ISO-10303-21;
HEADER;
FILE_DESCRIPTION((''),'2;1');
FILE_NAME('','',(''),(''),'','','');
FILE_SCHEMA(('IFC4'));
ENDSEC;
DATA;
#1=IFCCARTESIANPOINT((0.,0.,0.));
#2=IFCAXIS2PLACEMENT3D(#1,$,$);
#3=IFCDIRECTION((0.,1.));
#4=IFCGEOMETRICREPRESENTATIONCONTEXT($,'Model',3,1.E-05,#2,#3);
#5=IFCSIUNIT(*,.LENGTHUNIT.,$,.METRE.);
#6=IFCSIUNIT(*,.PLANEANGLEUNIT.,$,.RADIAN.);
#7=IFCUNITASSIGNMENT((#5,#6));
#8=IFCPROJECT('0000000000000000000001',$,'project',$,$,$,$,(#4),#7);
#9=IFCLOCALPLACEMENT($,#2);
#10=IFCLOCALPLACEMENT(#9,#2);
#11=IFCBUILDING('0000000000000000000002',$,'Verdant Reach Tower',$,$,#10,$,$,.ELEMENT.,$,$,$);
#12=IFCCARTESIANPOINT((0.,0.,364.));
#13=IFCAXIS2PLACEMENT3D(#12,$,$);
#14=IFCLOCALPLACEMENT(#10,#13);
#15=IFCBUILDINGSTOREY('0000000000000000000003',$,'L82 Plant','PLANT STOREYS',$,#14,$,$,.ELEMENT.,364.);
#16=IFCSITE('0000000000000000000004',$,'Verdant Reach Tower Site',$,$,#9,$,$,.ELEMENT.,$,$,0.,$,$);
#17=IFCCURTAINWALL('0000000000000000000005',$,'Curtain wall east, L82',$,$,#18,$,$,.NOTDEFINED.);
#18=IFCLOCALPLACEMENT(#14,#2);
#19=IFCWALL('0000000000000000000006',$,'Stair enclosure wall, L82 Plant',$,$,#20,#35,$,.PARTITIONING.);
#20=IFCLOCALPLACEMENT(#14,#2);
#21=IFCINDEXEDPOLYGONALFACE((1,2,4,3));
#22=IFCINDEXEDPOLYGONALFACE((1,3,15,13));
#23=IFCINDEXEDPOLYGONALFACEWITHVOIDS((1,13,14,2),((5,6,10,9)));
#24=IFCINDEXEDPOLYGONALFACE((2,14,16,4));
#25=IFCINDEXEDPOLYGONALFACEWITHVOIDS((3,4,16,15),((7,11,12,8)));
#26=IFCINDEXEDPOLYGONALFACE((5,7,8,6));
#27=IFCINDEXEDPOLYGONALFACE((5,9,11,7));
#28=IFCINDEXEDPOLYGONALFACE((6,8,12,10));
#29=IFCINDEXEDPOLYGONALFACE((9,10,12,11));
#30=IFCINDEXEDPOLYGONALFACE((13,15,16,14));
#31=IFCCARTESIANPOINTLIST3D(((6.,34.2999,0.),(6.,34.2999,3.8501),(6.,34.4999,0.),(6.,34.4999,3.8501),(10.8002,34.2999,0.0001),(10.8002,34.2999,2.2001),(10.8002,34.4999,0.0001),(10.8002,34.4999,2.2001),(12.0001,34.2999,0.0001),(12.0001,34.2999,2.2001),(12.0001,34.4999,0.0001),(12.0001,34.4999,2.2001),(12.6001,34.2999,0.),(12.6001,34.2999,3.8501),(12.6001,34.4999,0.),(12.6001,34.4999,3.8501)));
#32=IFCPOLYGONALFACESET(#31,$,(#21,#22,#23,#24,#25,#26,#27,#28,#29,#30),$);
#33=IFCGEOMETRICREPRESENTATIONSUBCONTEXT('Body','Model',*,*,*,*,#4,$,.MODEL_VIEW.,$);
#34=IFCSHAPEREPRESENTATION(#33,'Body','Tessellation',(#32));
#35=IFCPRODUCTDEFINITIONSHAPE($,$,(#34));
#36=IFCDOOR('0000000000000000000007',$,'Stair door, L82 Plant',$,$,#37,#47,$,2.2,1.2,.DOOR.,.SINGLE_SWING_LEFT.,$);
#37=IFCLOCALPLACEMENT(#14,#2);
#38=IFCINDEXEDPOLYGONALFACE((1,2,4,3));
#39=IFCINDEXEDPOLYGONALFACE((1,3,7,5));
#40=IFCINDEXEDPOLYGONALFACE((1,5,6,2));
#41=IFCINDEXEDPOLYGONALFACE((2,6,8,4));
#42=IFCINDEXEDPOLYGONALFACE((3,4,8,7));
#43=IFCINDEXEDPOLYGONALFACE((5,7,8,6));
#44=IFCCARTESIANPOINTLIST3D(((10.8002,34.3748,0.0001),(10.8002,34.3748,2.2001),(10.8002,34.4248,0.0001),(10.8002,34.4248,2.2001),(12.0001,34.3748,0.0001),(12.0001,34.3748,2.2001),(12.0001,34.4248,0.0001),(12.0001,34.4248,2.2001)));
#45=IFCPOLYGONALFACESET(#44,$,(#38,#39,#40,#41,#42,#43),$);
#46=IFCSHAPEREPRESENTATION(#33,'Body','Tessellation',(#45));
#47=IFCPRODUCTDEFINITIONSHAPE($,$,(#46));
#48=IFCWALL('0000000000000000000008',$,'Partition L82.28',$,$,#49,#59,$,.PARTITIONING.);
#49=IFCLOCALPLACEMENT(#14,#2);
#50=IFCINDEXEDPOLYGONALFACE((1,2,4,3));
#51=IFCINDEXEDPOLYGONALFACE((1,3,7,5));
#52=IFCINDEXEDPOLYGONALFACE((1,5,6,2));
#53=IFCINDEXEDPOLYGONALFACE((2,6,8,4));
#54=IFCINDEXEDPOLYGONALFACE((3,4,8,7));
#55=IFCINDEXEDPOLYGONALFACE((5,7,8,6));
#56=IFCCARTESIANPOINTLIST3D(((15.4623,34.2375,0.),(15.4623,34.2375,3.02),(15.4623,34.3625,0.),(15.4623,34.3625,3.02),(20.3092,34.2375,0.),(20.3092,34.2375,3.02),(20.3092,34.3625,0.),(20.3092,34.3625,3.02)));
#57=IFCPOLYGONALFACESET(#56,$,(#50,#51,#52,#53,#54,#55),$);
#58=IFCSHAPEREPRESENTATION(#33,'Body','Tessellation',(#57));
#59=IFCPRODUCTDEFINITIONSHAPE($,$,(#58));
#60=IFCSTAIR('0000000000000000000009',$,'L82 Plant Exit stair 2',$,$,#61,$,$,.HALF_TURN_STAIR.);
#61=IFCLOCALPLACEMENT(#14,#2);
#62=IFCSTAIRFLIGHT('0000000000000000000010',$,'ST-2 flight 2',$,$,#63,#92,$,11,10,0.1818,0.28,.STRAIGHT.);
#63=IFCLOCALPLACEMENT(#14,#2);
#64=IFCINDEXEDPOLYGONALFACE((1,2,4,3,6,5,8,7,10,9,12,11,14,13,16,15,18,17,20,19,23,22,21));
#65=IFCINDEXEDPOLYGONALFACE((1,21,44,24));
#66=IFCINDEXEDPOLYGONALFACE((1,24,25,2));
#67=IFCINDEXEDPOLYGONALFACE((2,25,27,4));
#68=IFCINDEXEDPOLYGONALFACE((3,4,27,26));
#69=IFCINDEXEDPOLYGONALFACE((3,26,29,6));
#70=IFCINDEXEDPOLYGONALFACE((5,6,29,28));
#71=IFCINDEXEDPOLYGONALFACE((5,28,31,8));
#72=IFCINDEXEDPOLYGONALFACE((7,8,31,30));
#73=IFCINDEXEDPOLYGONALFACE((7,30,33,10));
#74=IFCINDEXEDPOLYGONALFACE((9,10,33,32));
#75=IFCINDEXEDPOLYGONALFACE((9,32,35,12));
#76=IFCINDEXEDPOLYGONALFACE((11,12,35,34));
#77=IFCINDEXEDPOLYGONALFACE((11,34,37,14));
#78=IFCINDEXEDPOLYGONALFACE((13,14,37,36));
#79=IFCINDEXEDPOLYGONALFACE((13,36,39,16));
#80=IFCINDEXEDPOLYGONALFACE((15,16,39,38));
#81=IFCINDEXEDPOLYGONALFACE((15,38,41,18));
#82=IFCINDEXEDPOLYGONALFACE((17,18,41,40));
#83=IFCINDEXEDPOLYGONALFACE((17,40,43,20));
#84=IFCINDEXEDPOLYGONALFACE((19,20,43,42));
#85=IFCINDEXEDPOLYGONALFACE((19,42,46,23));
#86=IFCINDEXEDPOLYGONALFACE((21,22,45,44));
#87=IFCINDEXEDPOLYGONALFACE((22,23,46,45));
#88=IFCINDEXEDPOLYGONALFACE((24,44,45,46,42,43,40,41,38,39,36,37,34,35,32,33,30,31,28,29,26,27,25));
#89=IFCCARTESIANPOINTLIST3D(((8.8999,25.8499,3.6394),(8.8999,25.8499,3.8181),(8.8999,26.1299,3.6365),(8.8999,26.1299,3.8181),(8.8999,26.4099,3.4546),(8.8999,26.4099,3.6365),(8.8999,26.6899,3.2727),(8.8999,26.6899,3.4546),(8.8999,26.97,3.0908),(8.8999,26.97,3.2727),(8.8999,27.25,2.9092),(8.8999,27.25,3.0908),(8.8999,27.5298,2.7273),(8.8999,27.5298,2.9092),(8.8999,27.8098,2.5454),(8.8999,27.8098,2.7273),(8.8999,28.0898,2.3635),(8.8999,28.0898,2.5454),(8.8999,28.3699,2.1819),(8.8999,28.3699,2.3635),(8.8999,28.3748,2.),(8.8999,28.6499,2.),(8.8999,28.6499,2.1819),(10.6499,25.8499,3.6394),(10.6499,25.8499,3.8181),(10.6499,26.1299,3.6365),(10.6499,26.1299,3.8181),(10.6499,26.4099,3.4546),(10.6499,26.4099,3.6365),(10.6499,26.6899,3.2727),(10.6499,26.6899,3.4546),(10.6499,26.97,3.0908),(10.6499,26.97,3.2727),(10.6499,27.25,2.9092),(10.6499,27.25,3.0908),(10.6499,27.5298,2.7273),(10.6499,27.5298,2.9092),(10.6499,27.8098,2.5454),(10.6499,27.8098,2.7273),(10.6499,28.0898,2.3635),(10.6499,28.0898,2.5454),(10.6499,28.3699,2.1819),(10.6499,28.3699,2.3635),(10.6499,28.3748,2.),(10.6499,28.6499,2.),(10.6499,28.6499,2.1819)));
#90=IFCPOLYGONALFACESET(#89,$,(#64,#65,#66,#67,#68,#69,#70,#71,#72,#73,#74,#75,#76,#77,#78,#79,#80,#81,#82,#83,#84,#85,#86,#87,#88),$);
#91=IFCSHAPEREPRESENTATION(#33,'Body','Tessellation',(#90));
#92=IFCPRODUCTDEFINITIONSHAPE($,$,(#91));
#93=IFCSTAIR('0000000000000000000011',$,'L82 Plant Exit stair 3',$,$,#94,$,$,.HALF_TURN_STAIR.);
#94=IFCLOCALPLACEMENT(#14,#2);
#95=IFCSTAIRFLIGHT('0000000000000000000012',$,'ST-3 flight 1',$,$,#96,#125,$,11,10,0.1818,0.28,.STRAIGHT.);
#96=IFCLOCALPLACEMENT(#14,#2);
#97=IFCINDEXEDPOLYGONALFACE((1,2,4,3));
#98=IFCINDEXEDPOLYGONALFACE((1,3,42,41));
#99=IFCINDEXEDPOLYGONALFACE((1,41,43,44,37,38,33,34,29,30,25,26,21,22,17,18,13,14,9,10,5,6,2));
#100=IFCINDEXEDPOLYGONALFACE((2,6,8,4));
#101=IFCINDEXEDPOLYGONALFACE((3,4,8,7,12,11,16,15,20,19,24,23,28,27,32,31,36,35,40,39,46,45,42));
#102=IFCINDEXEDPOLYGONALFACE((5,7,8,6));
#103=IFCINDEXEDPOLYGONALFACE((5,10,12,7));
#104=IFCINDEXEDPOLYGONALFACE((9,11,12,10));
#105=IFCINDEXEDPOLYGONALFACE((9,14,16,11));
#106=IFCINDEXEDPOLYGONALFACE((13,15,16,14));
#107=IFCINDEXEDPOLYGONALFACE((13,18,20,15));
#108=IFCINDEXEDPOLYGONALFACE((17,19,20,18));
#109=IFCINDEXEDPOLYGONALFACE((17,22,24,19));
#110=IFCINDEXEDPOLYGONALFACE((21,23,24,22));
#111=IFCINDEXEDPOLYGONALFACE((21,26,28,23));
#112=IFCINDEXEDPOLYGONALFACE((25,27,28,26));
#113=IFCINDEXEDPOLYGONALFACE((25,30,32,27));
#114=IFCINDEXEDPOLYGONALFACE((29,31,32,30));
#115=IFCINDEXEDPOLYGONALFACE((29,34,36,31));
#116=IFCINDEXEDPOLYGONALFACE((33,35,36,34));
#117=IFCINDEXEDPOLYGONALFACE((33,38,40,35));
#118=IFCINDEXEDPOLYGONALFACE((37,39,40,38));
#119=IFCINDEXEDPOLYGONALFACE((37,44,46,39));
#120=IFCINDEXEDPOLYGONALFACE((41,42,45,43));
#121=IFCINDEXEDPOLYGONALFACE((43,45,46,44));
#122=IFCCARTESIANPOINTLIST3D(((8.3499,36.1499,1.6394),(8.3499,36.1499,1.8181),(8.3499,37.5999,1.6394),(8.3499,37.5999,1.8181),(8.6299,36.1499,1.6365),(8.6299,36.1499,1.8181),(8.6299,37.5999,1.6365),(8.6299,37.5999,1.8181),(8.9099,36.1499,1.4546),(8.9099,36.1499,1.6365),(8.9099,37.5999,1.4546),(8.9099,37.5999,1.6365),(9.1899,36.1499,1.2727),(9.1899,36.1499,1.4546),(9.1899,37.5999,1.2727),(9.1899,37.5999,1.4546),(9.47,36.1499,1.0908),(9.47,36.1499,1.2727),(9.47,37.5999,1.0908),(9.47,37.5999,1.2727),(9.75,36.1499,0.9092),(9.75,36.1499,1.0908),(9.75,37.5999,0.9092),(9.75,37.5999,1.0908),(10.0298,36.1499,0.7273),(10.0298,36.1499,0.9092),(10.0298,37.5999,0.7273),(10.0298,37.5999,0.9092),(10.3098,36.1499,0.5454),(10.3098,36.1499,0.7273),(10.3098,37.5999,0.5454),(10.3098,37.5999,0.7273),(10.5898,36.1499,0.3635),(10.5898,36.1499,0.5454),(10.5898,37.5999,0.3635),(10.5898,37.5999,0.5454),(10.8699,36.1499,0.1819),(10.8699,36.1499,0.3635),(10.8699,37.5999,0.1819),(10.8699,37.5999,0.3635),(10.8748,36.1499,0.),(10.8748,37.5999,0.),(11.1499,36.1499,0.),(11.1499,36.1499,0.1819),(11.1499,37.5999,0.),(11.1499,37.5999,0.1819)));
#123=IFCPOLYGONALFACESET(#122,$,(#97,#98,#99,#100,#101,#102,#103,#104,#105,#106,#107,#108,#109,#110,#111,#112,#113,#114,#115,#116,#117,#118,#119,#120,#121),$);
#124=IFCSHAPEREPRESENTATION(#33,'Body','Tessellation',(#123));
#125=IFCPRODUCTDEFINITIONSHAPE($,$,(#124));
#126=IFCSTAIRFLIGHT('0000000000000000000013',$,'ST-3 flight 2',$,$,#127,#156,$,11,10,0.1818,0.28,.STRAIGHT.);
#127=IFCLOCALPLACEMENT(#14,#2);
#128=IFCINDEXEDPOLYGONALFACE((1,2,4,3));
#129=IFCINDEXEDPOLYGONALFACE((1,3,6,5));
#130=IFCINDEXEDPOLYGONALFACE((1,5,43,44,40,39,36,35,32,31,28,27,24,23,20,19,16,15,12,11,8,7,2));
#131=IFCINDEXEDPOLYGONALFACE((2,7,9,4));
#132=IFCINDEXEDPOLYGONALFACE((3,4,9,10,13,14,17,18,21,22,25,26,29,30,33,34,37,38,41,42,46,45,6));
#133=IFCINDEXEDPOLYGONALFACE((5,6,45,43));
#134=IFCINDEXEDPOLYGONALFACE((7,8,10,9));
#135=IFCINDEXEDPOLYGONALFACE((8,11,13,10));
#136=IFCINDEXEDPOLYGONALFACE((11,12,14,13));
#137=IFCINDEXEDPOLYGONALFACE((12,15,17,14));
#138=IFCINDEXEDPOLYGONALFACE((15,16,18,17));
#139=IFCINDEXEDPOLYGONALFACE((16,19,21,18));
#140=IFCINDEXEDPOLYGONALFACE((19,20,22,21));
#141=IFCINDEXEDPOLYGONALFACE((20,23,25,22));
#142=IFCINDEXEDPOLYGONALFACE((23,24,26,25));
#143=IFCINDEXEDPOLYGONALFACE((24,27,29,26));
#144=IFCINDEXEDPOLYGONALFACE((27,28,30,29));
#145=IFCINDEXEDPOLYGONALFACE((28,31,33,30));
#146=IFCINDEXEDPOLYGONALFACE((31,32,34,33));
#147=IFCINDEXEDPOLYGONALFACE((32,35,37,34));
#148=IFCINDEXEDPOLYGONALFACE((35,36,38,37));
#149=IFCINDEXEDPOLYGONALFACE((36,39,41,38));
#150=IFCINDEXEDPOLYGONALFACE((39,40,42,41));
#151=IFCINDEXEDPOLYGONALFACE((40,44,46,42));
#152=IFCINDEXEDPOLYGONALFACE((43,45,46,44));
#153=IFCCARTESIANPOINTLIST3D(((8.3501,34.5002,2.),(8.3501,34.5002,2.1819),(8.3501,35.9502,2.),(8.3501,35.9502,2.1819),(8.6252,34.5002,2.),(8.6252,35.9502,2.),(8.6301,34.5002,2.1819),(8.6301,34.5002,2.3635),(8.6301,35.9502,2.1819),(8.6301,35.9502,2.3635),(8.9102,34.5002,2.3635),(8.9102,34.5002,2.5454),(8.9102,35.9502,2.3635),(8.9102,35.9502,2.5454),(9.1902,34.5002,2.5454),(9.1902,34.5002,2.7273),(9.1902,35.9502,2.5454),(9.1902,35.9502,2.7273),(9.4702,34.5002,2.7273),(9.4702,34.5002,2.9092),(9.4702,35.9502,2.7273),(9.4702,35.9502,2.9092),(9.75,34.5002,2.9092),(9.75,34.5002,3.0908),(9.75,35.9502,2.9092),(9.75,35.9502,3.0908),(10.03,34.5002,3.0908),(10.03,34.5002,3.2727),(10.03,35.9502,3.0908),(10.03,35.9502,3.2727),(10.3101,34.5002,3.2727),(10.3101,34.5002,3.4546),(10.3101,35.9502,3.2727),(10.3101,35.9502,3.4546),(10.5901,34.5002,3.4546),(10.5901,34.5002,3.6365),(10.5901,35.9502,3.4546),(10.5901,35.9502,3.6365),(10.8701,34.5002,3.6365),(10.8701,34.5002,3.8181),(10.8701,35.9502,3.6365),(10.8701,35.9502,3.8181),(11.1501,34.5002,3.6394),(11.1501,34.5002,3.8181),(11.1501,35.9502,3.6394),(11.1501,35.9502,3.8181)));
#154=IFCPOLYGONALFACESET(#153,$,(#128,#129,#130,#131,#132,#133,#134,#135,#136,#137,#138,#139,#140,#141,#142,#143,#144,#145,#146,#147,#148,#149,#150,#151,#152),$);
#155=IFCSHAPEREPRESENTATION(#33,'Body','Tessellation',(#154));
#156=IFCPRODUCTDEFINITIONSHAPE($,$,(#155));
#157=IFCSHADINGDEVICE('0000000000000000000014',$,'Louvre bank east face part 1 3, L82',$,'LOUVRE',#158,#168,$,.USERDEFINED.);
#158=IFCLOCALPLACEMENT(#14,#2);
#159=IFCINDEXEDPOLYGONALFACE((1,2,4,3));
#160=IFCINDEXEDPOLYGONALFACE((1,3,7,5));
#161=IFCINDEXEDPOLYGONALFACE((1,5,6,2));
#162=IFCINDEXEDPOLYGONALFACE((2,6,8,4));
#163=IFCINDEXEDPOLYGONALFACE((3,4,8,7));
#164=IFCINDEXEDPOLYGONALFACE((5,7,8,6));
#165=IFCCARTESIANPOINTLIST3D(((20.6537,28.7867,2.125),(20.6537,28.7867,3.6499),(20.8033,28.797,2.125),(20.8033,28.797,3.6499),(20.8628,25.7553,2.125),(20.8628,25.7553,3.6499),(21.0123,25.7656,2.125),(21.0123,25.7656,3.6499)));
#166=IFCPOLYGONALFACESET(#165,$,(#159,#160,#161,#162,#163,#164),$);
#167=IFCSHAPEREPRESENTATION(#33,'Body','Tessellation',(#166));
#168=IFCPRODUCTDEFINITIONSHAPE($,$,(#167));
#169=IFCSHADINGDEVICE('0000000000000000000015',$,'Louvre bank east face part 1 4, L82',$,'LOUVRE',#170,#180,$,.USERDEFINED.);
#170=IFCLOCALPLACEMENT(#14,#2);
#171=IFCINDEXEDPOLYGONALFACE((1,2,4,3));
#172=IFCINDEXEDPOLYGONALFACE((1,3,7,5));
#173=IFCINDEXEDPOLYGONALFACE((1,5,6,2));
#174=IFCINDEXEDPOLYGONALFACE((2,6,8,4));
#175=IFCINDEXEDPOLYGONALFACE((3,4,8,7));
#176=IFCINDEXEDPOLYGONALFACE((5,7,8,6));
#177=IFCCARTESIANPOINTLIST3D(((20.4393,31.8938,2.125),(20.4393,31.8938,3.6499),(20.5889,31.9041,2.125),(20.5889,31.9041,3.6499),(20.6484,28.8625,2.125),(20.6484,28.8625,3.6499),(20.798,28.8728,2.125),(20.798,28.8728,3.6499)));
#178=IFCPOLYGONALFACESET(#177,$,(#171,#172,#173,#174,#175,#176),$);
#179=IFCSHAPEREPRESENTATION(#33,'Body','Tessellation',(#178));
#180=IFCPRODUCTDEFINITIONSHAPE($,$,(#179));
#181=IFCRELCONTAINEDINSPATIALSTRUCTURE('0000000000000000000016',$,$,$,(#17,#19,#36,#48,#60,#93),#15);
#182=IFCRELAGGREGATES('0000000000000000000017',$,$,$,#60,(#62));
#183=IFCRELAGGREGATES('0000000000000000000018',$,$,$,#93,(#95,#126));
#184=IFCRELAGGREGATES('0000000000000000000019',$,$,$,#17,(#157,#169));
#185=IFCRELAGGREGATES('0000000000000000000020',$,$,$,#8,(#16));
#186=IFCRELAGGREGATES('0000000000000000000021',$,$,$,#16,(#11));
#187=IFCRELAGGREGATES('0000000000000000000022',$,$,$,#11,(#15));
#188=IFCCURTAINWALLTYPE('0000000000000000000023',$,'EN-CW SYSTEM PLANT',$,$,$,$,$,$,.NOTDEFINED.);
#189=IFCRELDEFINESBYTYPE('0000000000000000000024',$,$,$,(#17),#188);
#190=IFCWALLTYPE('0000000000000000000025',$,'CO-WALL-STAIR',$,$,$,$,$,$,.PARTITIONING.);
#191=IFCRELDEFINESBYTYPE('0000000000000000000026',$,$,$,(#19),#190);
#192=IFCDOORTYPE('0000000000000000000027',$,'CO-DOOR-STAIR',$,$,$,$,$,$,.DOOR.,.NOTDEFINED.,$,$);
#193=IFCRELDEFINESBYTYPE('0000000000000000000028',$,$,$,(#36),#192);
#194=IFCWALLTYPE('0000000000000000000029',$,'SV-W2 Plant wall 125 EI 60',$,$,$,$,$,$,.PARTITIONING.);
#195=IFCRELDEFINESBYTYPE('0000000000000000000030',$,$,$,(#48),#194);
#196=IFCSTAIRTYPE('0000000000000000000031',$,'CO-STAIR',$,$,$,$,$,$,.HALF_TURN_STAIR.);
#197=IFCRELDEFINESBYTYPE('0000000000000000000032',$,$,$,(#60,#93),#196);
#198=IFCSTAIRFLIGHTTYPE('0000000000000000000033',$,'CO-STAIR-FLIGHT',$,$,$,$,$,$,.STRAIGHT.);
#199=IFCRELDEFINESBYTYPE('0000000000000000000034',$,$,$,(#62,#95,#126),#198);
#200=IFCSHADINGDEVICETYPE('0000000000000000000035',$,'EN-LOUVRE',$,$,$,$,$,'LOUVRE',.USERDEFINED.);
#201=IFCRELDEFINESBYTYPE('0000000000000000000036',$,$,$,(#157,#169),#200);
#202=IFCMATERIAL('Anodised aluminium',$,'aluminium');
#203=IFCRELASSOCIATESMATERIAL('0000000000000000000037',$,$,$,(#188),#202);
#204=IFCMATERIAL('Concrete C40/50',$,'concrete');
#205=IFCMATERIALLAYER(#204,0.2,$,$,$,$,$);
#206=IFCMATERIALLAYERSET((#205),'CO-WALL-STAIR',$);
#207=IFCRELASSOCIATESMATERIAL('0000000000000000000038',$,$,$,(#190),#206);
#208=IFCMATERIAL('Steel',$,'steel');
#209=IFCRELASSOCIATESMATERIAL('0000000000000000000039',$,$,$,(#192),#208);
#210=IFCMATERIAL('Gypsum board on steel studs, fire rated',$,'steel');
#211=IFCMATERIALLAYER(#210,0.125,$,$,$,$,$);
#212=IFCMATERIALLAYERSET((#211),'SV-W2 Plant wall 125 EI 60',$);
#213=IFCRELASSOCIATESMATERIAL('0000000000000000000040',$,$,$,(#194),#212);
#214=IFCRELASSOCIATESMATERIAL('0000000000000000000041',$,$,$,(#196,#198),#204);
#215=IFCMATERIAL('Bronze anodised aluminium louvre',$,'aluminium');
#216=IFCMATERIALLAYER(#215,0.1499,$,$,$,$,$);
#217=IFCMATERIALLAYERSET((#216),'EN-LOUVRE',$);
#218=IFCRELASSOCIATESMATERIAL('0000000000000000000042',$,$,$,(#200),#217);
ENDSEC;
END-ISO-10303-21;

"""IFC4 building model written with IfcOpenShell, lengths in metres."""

from ifc_helpers import new_model, si_unit, direction, frame, frame_2d, origin, origin_2d, place, context, subcontext, project, spatial, polyline, rectangle, outline, extrude, material, layer, layer_set, type_object, element, fill, aggregate, save


model = new_model("IFC4")

# Units and contexts
model_context = context("Model", 3, precision=1e-05, world=origin(), true_north=direction((0.0, 1.0)))
body_context = subcontext(model_context, "Body", "Model", "MODEL_VIEW")
ifc_project = project(units=[si_unit("LENGTHUNIT", "METRE"), si_unit("PLANEANGLEUNIT", "RADIAN")], contexts=[model_context])

# Site, building, storey
site_placement = place(None, origin())
site = spatial("IfcSite", under=ifc_project, at=site_placement, Name="Verdant Reach Tower Site", CompositionType="ELEMENT", RefElevation=0.0)
building_placement = place(site_placement, origin())
building = spatial("IfcBuilding", under=site, at=building_placement, Name="Verdant Reach Tower", CompositionType="ELEMENT")
storey_placement = place(building_placement, frame((0.0, 0.0, 364.0)))
storey = spatial("IfcBuildingStorey", under=building, at=storey_placement, Name="L82 Plant", Description="PLANT STOREYS", CompositionType="ELEMENT", Elevation=364.0)

# Curtain wall
ifc_material_1 = material(Name="Anodised aluminium", Category="aluminium")
curtain_wall_type = type_object("IfcCurtainWallType", Name="EN-CW SYSTEM PLANT", PredefinedType="NOTDEFINED", material=ifc_material_1)
curtain_wall_placement = place(storey_placement, origin())
curtain_wall = element("IfcCurtainWall", 1, at=curtain_wall_placement, inside=storey, type_object=curtain_wall_type, Name="Curtain wall east, L82", PredefinedType="NOTDEFINED")

# Shared definitions
ifc_material_2 = material(Name="Concrete C40/50", Category="concrete")
ifc_layer_1 = layer(ifc_material_2, 0.2)
ifc_layer_set_1 = layer_set([ifc_layer_1], Name="CO-WALL-STAIR")
wall_type_1 = type_object("IfcWallType", Name="CO-WALL-STAIR", PredefinedType="PARTITIONING", material=ifc_layer_set_1)

# Wall, opening, door
wall_1_placement = place(storey_placement, frame((6.0, 34.3999, 0.0), z_axis=(0.0, 0.0, 1.0), x_axis=(1.0, 0.0, 0.0)))
wall_1 = element("IfcWall", 2, at=wall_1_placement, inside=storey, type_object=wall_type_1, Name="Stair enclosure wall, L82 Plant", PredefinedType="PARTITIONING", context=body_context, shape_type="SweptSolid", body=[
    extrude(rectangle(XDim=6.6001, YDim=0.2, at=frame_2d((3.3, 0.0))), origin(), (0.0, 0.0, 1.0), 3.8501),
])
opening_1_placement = place(wall_1_placement, frame((4.8, 0.0, 0.0)))
opening_1 = element("IfcOpeningElement", 3, at=opening_1_placement, cuts=wall_1, PredefinedType="OPENING", context=body_context, shape_type="SweptSolid", body=[
    extrude(rectangle(XDim=1.2, YDim=2.2, at=frame_2d((0.6001, 1.1001))), frame((0.0, 0.1099, 0.0), z_axis=(0.0, -1.0, 0.0), x_axis=(1.0, 0.0, 0.0)), (0.0, 0.0, 1.0), 0.22),
])
ifc_material_3 = material(Name="Steel", Category="steel")
door_type_1 = type_object("IfcDoorType", Name="CO-DOOR-STAIR", OperationType="NOTDEFINED", PredefinedType="DOOR", material=ifc_material_3)
door_1_placement = place(opening_1_placement, origin())
door_1 = element("IfcDoor", 4, at=door_1_placement, inside=storey, type_object=door_type_1, Name="Stair door, L82 Plant", OperationType="SINGLE_SWING_LEFT", OverallHeight=2.2, OverallWidth=1.2, PredefinedType="DOOR", context=body_context, shape_type="SweptSolid", body=[
    extrude(rectangle(XDim=1.2, YDim=2.2, at=frame_2d((0.6001, 1.1001))), frame((0.0, 0.0249, 0.0), z_axis=(0.0, -1.0, 0.0), x_axis=(1.0, 0.0, 0.0)), (0.0, 0.0, 1.0), 0.05),
])
fill(opening_1, door_1)
ifc_material_4 = material(Name="Gypsum board on steel studs, fire rated", Category="steel")
ifc_layer_2 = layer(ifc_material_4, 0.125)
ifc_layer_set_2 = layer_set([ifc_layer_2], Name="SV-W2 Plant wall 125 EI 60")
wall_type_2 = type_object("IfcWallType", Name="SV-W2 Plant wall 125 EI 60", PredefinedType="PARTITIONING", material=ifc_layer_set_2)

# Wall
wall_2_placement = place(storey_placement, frame((15.4624, 34.3, 0.0), z_axis=(0.0, 0.0, 1.0), x_axis=(1.0, 0.0, 0.0)))
element("IfcWall", 5, at=wall_2_placement, inside=storey, type_object=wall_type_2, Name="Partition L82.28", PredefinedType="PARTITIONING", context=body_context, shape_type="SweptSolid", body=[
    extrude(rectangle(XDim=4.8469, YDim=0.125, at=frame_2d((2.4233, 0.0))), origin(), (0.0, 0.0, 1.0), 3.02),
])

# Stair, stair flight
stair_type = type_object("IfcStairType", Name="CO-STAIR", PredefinedType="HALF_TURN_STAIR", material=ifc_material_2)
stair_1_placement = place(storey_placement, origin())
stair_1 = element("IfcStair", 6, at=stair_1_placement, inside=storey, type_object=stair_type, Name="L82 Plant Exit stair 2", PredefinedType="HALF_TURN_STAIR")
stair_flight_type = type_object("IfcStairFlightType", Name="CO-STAIR-FLIGHT", PredefinedType="STRAIGHT", material=ifc_material_2)
stair_flight_1_placement = place(storey_placement, frame((9.7749, 28.6499, 2.0), z_axis=(0.0, 0.0, 1.0), x_axis=(0.0, -1.0, 0.0)))
stair_flight_1 = element("IfcStairFlight", 7, at=stair_flight_1_placement, type_object=stair_flight_type, Name="ST-2 flight 2", NumberOfRisers=11, NumberOfTreads=10, PredefinedType="STRAIGHT", RiserHeight=0.1818, TreadLength=0.28, context=body_context, shape_type="SweptSolid", body=[
    extrude(outline(polyline([(0.0, 0.0), (0.0, 0.1819), (0.28, 0.1819), (0.28, 0.3635), (0.5601, 0.3635), (0.5601, 0.5454), (0.8401, 0.5454), (0.8401, 0.7273), (1.1201, 0.7273), (1.1201, 0.9092), (1.3999, 0.9092), (1.3999, 1.0908), (1.6799, 1.0908), (1.6799, 1.2727), (1.96, 1.2727), (1.96, 1.4546), (2.24, 1.4546), (2.24, 1.6365), (2.52, 1.6365), (2.52, 1.8181), (2.8, 1.8181), (2.8, 2.0), (2.8, 1.6394), (0.2751, 0.0), (0.0, 0.0)])), frame((0.0, 0.875, 0.0), z_axis=(0.0, -1.0, 0.0), x_axis=(1.0, 0.0, 0.0)), (0.0, 0.0, 1.0), 1.75),
])
aggregate(stair_1, [stair_flight_1])

# Stair, stair flights
stair_2_placement = place(storey_placement, origin())
stair_2 = element("IfcStair", 8, at=stair_2_placement, inside=storey, type_object=stair_type, Name="L82 Plant Exit stair 3", PredefinedType="HALF_TURN_STAIR")
stair_flight_2_placement = place(storey_placement, frame((11.1499, 36.875, 0.0), z_axis=(0.0, 0.0, 1.0), x_axis=(-1.0, 0.0, 0.0)))
stair_flight_2 = element("IfcStairFlight", 9, at=stair_flight_2_placement, type_object=stair_flight_type, Name="ST-3 flight 1", NumberOfRisers=11, NumberOfTreads=10, PredefinedType="STRAIGHT", RiserHeight=0.1818, TreadLength=0.28, context=body_context, shape_type="SweptSolid", body=[
    extrude(outline(polyline([(0.0, 0.0), (0.0, 0.1819), (0.28, 0.1819), (0.28, 0.3635), (0.5601, 0.3635), (0.5601, 0.5454), (0.8401, 0.5454), (0.8401, 0.7273), (1.1201, 0.7273), (1.1201, 0.9092), (1.3999, 0.9092), (1.3999, 1.0908), (1.6799, 1.0908), (1.6799, 1.2727), (1.96, 1.2727), (1.96, 1.4546), (2.24, 1.4546), (2.24, 1.6365), (2.52, 1.6365), (2.52, 1.8181), (2.8, 1.8181), (2.8, 2.0), (2.8, 1.6394), (0.2751, 0.0), (0.0, 0.0)])), frame((0.0, 0.7251, 0.0), z_axis=(0.0, -1.0, 0.0), x_axis=(1.0, 0.0, 0.0)), (0.0, 0.0, 1.0), 1.45),
])
stair_flight_3_placement = place(storey_placement, frame((8.3501, 35.2251, 2.0), z_axis=(0.0, 0.0, 1.0), x_axis=(1.0, 0.0, 0.0)))
stair_flight_3 = element("IfcStairFlight", 10, at=stair_flight_3_placement, type_object=stair_flight_type, Name="ST-3 flight 2", NumberOfRisers=11, NumberOfTreads=10, PredefinedType="STRAIGHT", RiserHeight=0.1818, TreadLength=0.28, context=body_context, shape_type="SweptSolid", body=[
    extrude(outline(polyline([(0.0, 0.0), (0.0, 0.1819), (0.28, 0.1819), (0.28, 0.3635), (0.5601, 0.3635), (0.5601, 0.5454), (0.8401, 0.5454), (0.8401, 0.7273), (1.1201, 0.7273), (1.1201, 0.9092), (1.3999, 0.9092), (1.3999, 1.0908), (1.6799, 1.0908), (1.6799, 1.2727), (1.96, 1.2727), (1.96, 1.4546), (2.24, 1.4546), (2.24, 1.6365), (2.52, 1.6365), (2.52, 1.8181), (2.8, 1.8181), (2.8, 2.0), (2.8, 1.6394), (0.2751, 0.0), (0.0, 0.0)])), frame((0.0, 0.7251, 0.0), z_axis=(0.0, -1.0, 0.0), x_axis=(1.0, 0.0, 0.0)), (0.0, 0.0, 1.0), 1.45),
])
aggregate(stair_2, [stair_flight_2, stair_flight_3])

# Shading devices
ifc_material_5 = material(Name="Bronze anodised aluminium louvre", Category="aluminium")
ifc_layer_3 = layer(ifc_material_5, 0.1499)
ifc_layer_set_3 = layer_set([ifc_layer_3], Name="EN-LOUVRE")
shading_device_type = type_object("IfcShadingDeviceType", Name="EN-LOUVRE", ElementType="LOUVRE", PredefinedType="USERDEFINED", material=ifc_layer_set_3)
shading_device_1_placement = place(storey_placement, frame((20.833, 27.2761, 2.125), z_axis=(0.0, 0.0, 1.0), x_axis=(-0.068802, 0.99763, 0.0)))
shading_device_1 = element("IfcShadingDevice", 11, at=shading_device_1_placement, type_object=shading_device_type, Name="Louvre bank east face part 1 3, L82", ObjectType="LOUVRE", PredefinedType="USERDEFINED", context=body_context, shape_type="SweptSolid", body=[
    extrude(rectangle(XDim=3.0386, YDim=0.1499, at=origin_2d()), origin(), (0.0, 0.0, 1.0), 1.5249),
])
shading_device_2_placement = place(storey_placement, frame((20.6187, 30.3833, 2.125), z_axis=(0.0, 0.0, 1.0), x_axis=(-0.068802, 0.99763, 0.0)))
shading_device_2 = element("IfcShadingDevice", 12, at=shading_device_2_placement, type_object=shading_device_type, Name="Louvre bank east face part 1 4, L82", ObjectType="LOUVRE", PredefinedType="USERDEFINED", context=body_context, shape_type="SweptSolid", body=[
    extrude(rectangle(XDim=3.0386, YDim=0.1499, at=origin_2d()), origin(), (0.0, 0.0, 1.0), 1.5249),
])
aggregate(curtain_wall, [shading_device_1, shading_device_2])

save(model, "model.ifc")
